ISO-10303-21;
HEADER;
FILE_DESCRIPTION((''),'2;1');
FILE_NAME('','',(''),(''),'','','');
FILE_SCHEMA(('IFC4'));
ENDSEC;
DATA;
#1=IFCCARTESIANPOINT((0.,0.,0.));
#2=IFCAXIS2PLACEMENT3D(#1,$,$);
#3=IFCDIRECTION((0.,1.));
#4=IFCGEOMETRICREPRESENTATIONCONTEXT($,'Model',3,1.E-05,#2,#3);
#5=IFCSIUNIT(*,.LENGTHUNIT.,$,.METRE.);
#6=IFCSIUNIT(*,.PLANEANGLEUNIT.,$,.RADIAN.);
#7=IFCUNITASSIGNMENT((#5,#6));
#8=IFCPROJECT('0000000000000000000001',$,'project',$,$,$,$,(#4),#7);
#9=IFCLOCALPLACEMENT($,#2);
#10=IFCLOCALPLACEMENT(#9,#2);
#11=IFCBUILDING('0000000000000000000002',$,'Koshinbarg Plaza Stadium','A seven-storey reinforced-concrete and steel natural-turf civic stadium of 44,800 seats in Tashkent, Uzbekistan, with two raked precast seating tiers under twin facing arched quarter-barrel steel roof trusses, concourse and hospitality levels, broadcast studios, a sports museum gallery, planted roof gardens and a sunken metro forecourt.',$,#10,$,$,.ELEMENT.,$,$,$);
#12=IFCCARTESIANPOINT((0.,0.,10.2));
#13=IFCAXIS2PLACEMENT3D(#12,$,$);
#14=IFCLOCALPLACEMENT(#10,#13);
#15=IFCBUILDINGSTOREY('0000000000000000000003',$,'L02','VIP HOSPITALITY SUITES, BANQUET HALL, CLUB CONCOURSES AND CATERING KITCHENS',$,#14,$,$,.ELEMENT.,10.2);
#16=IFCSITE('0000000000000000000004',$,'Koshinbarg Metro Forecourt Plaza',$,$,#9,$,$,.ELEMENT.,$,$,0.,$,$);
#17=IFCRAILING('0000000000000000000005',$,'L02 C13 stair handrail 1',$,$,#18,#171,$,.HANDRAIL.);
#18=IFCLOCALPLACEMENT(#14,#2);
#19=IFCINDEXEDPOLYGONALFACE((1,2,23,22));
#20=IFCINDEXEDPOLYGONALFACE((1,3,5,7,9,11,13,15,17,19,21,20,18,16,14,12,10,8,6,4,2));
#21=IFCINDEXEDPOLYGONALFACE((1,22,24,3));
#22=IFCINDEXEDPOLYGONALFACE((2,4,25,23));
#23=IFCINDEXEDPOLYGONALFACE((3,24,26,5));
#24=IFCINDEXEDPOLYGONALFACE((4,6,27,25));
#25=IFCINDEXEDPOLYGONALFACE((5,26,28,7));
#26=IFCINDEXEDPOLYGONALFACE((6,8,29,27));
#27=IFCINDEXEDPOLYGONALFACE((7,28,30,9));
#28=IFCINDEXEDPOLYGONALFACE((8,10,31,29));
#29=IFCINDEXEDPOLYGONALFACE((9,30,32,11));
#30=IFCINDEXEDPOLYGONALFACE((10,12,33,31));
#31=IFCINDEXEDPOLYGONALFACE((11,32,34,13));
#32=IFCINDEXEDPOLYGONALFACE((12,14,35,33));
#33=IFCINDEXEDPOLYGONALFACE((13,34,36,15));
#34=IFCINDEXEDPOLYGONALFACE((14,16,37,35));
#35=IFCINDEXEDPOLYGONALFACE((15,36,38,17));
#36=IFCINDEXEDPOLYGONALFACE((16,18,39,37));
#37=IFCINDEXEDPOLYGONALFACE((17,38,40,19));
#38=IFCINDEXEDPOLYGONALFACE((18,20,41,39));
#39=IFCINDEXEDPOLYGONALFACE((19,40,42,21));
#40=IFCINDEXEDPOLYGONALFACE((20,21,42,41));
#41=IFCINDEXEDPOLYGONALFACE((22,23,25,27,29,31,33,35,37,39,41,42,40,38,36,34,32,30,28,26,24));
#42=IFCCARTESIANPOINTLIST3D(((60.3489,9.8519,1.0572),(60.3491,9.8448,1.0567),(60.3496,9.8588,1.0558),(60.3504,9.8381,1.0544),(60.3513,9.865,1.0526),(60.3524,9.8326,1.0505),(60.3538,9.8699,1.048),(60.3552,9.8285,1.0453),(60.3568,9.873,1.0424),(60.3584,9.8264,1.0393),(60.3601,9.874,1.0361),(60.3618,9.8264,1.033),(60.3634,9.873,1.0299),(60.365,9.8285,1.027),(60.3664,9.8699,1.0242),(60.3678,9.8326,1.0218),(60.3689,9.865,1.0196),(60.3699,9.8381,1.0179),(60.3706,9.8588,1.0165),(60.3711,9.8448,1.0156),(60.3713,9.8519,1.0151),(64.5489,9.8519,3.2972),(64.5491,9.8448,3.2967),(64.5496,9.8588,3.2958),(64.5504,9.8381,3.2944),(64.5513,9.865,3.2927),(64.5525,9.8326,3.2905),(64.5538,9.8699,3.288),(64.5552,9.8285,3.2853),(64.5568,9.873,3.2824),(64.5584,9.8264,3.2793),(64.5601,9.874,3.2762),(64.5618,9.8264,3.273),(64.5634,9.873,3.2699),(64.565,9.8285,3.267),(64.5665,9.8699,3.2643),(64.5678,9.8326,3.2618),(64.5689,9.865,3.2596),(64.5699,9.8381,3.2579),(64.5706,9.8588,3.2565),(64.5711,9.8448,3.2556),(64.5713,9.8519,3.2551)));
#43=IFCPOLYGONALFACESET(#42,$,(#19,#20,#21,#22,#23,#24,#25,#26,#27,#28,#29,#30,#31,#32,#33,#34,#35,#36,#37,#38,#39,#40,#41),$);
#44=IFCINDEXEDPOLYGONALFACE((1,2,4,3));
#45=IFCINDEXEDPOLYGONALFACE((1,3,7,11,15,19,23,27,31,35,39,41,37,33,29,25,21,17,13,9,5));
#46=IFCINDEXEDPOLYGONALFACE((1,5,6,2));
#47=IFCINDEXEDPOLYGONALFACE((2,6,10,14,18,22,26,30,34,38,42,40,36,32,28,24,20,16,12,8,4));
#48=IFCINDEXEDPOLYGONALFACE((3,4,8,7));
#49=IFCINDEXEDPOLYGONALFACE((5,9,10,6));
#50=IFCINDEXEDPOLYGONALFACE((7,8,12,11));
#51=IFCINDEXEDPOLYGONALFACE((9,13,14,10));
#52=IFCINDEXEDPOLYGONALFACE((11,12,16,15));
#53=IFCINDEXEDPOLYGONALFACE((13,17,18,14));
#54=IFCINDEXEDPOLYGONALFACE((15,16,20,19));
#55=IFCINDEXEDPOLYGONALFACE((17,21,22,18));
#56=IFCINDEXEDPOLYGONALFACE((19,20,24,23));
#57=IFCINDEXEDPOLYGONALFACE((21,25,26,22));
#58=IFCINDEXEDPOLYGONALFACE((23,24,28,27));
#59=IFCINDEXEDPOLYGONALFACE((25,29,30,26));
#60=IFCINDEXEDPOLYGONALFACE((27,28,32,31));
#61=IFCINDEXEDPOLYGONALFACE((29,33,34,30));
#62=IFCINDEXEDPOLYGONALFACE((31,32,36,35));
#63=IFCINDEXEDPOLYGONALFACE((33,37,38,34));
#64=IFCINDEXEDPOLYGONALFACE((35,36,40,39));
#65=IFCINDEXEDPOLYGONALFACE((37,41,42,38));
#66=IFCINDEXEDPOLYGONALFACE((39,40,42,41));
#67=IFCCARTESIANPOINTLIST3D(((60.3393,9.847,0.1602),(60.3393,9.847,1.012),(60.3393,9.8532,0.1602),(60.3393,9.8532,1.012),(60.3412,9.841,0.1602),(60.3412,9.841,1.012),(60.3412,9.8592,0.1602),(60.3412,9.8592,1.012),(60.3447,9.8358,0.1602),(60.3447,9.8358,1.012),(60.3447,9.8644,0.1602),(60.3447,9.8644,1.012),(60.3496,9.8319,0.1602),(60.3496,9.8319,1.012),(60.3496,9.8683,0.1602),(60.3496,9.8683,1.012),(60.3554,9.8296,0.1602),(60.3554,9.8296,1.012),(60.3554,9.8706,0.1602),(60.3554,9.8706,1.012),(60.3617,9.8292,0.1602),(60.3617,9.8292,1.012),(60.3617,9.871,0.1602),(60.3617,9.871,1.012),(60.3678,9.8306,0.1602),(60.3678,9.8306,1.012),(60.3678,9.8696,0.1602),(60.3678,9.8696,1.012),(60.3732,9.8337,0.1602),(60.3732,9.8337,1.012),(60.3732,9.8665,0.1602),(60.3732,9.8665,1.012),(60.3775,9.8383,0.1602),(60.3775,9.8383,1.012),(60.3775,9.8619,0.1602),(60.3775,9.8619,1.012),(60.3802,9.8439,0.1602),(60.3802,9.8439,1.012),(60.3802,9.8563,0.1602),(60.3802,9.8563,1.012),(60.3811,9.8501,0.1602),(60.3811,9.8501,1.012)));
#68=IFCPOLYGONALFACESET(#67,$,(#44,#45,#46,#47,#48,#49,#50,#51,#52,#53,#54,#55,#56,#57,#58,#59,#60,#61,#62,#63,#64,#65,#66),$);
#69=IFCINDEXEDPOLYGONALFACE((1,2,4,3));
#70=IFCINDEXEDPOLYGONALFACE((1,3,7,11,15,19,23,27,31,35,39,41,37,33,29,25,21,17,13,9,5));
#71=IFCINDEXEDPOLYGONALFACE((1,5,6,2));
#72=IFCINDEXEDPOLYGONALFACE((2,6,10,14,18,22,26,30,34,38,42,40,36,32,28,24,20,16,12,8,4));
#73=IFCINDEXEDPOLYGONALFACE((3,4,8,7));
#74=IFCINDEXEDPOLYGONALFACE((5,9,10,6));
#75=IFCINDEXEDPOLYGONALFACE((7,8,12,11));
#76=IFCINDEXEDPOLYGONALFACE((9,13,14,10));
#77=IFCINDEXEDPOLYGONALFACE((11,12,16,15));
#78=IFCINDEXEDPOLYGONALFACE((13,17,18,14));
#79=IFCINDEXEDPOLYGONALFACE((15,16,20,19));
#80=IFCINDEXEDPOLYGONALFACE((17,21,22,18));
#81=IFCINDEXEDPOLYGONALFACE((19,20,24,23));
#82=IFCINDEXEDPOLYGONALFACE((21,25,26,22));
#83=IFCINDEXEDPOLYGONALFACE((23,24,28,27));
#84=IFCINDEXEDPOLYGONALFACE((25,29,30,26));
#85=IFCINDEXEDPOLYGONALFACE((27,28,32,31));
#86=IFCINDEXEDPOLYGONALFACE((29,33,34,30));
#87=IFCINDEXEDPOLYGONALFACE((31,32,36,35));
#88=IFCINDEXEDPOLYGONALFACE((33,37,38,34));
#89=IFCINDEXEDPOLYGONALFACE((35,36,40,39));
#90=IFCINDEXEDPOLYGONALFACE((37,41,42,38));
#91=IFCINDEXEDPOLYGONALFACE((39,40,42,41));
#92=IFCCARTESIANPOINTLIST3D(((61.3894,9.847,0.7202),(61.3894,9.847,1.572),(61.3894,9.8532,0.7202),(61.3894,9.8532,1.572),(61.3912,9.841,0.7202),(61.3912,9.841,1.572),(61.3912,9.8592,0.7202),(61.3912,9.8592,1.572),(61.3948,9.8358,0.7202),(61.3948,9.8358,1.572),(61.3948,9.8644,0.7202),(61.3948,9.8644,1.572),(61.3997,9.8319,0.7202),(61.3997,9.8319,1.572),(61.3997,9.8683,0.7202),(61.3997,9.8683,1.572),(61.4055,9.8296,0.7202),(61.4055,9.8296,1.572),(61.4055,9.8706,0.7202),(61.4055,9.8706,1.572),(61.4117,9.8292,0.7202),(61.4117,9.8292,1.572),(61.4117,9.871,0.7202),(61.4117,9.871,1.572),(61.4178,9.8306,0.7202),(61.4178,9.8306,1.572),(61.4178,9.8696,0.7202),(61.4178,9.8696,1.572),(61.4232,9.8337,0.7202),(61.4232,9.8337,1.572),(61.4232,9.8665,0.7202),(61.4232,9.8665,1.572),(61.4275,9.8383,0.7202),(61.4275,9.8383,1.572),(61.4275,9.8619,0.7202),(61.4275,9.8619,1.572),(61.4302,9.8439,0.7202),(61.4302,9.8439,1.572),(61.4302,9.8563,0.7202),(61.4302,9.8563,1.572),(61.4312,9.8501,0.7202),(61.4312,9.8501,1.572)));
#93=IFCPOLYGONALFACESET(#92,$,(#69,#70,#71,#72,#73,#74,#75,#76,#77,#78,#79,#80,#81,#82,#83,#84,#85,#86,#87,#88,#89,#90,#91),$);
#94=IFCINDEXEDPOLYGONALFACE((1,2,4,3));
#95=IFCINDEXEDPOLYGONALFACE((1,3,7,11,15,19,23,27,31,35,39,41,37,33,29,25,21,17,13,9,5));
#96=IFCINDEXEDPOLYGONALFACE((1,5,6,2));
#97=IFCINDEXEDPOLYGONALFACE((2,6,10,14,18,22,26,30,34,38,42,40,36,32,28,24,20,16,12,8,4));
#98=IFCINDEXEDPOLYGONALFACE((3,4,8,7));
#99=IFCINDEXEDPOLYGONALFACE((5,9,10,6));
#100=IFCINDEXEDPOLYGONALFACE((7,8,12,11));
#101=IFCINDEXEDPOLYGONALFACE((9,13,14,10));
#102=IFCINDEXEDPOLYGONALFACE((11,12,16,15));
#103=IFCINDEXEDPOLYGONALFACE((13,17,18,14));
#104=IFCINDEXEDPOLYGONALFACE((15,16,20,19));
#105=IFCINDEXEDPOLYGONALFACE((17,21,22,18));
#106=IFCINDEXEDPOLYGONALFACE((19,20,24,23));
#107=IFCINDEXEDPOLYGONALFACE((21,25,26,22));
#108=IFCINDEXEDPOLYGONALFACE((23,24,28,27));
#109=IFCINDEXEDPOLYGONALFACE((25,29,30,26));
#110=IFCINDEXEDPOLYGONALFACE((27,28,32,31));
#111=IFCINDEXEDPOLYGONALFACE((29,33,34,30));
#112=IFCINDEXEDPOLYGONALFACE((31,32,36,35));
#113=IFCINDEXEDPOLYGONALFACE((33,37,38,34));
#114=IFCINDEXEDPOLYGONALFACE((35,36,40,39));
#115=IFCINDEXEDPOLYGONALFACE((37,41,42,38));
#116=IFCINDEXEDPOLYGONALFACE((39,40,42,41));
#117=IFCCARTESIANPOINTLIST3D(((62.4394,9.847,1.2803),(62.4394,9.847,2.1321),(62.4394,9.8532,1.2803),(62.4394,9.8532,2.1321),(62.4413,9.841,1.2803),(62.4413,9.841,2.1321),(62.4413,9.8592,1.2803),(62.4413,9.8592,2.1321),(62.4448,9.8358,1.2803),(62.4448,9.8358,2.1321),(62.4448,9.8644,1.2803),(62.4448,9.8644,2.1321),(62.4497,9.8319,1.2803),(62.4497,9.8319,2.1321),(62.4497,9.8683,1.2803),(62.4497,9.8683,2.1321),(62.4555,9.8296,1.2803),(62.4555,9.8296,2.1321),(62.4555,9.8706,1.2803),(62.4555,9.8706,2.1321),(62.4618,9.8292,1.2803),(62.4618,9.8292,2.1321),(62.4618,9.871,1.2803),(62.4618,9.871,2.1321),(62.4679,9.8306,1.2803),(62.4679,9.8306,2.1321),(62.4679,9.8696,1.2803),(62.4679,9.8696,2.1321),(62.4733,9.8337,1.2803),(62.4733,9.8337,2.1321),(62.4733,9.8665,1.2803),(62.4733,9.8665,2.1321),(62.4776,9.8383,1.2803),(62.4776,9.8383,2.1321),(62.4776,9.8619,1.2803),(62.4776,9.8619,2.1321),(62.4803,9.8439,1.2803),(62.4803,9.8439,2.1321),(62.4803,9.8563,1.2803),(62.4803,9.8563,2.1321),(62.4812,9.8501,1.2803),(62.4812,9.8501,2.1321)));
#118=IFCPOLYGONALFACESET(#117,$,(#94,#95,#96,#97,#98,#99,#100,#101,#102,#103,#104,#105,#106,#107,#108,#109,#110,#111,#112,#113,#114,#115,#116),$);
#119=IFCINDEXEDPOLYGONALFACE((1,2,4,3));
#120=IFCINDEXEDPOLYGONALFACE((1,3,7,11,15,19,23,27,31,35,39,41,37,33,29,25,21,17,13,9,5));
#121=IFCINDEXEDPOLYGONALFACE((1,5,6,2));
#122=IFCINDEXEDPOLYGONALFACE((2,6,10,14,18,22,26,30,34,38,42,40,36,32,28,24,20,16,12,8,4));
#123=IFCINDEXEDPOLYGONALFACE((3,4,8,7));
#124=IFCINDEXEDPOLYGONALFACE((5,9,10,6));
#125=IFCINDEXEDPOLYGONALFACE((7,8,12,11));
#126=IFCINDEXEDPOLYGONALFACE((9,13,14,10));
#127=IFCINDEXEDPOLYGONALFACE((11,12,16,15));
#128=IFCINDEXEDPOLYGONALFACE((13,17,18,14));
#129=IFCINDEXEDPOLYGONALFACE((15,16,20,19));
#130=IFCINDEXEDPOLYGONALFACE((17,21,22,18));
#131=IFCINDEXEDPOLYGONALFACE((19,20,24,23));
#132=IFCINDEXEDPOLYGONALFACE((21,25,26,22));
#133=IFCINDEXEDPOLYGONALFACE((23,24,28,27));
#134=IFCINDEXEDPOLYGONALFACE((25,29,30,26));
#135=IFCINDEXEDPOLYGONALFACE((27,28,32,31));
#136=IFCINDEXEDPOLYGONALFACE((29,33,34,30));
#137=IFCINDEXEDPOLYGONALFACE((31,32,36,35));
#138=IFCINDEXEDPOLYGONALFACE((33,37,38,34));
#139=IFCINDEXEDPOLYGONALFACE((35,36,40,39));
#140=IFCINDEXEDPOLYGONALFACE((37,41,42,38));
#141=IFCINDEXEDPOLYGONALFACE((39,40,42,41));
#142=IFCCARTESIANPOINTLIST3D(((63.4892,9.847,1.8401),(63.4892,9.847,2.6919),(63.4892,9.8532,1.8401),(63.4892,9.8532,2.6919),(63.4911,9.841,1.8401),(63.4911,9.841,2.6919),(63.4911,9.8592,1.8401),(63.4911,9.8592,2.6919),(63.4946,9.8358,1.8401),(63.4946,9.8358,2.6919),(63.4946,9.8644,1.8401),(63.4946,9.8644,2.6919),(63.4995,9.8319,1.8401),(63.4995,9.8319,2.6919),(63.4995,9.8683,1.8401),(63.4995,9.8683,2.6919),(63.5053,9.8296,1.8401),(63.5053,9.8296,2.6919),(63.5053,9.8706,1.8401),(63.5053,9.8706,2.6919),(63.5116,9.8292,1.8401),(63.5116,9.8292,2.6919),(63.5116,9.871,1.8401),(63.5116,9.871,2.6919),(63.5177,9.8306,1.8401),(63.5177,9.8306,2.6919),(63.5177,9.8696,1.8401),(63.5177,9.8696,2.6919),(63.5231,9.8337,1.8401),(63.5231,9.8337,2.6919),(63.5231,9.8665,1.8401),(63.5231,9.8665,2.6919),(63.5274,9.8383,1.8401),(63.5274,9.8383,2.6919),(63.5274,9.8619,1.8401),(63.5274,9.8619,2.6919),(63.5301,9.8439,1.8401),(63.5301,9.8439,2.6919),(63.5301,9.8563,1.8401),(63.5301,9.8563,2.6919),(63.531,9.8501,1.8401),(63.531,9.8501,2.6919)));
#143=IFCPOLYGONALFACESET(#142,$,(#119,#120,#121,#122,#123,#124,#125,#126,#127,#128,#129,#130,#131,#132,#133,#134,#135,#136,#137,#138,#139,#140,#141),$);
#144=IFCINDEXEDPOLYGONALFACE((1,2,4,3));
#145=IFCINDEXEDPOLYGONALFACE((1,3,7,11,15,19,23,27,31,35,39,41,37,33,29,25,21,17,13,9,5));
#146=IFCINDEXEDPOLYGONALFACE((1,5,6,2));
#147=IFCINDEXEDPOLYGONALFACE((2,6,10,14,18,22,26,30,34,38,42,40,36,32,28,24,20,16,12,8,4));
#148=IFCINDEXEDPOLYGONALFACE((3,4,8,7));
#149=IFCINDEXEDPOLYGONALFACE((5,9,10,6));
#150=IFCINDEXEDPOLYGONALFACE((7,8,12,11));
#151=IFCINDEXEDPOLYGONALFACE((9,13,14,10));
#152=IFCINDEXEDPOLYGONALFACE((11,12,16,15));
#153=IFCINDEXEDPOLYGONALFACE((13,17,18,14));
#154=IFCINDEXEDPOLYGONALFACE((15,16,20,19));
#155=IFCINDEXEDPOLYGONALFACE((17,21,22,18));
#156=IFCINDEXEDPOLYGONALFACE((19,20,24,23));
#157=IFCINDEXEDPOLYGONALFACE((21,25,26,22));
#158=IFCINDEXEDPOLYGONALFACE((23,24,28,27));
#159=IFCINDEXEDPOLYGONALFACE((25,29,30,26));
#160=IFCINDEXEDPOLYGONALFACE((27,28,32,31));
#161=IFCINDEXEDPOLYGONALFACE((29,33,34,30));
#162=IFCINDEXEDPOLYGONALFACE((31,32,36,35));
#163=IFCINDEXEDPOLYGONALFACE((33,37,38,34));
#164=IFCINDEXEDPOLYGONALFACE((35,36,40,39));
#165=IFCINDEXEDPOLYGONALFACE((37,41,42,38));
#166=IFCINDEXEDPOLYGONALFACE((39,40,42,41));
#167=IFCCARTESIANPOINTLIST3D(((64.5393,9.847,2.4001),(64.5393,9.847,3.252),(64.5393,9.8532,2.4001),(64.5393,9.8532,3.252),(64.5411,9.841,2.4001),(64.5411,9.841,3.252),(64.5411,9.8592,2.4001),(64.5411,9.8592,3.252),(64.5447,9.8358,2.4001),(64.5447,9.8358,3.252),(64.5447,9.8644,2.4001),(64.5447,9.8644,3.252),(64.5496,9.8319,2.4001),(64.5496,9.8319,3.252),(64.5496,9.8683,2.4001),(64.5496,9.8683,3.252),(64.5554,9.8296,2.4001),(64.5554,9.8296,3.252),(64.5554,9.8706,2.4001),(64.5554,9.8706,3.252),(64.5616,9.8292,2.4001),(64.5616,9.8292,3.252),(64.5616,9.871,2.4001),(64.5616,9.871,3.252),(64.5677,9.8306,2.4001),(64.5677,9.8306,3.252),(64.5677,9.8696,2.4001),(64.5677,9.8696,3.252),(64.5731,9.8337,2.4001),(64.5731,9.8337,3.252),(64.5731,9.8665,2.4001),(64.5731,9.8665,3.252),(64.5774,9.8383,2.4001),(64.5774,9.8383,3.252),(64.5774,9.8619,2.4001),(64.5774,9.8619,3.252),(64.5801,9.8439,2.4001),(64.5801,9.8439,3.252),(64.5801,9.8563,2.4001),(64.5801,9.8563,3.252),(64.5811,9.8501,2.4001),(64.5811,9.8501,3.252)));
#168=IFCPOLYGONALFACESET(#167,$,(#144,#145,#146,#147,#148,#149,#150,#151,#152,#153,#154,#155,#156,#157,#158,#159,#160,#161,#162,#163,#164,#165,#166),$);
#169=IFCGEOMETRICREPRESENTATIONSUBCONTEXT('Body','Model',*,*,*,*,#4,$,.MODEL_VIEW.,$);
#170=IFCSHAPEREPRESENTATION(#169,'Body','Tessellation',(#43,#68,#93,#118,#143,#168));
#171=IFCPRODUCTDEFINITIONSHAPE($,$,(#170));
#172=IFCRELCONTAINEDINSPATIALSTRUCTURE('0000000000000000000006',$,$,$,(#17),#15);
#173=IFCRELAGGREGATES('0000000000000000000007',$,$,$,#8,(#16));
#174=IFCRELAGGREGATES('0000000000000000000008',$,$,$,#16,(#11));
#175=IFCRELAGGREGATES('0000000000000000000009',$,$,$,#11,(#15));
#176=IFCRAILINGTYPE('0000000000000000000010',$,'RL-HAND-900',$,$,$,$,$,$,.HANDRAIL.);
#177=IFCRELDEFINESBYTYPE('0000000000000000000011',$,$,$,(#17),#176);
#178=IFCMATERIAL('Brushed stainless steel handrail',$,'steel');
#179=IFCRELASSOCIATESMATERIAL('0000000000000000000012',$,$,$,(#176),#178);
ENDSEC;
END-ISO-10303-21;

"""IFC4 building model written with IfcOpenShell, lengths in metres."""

from ifc_helpers import new_model, si_unit, direction, frame, origin, origin_2d, place, context, subcontext, project, spatial, circle, extrude, material, type_object, element, save


model = new_model("IFC4")

# Units and contexts
model_context = context("Model", 3, precision=1e-05, world=origin(), true_north=direction((0.0, 1.0)))
body_context = subcontext(model_context, "Body", "Model", "MODEL_VIEW")
ifc_project = project(units=[si_unit("LENGTHUNIT", "METRE"), si_unit("PLANEANGLEUNIT", "RADIAN")], contexts=[model_context])

# Site, building, storey
site_placement = place(None, origin())
site = spatial("IfcSite", under=ifc_project, at=site_placement, Name="Koshinbarg Metro Forecourt Plaza", CompositionType="ELEMENT", RefElevation=0.0)
building_placement = place(site_placement, origin())
building = spatial("IfcBuilding", under=site, at=building_placement, Name="Koshinbarg Plaza Stadium", Description="A seven-storey reinforced-concrete and steel natural-turf civic stadium of 44,800 seats in Tashkent, Uzbekistan, with two raked precast seating tiers under twin facing arched quarter-barrel steel roof trusses, concourse and hospitality levels, broadcast studios, a sports museum gallery, planted roof gardens and a sunken metro forecourt.", CompositionType="ELEMENT")
storey_placement = place(building_placement, frame((0.0, 0.0, 10.2)))
storey = spatial("IfcBuildingStorey", under=building, at=storey_placement, Name="L02", Description="VIP HOSPITALITY SUITES, BANQUET HALL, CLUB CONCOURSES AND CATERING KITCHENS", CompositionType="ELEMENT", Elevation=10.2)

# Railing
ifc_material_1 = material(Name="Brushed stainless steel handrail", Category="steel")
railing_type_1 = type_object("IfcRailingType", Name="RL-HAND-900", PredefinedType="HANDRAIL", material=ifc_material_1)
railing_1_placement = place(storey_placement, frame((60.3601, 9.8501, 0.1602)))
element("IfcRailing", 1, at=railing_1_placement, inside=storey, type_object=railing_type_1, Name="L02 C13 stair handrail 1", PredefinedType="HANDRAIL", context=body_context, shape_type="SweptSolid", body=[
    extrude(circle(Radius=0.0239, at=origin_2d()), frame((0.0, 0.0, 0.876), z_axis=(0.882352, 0.0, 0.470591), x_axis=(0.0, 1.0, 0.0)), (0.0, 0.0, 1.0), 4.76),
    extrude(circle(Radius=0.021, at=origin_2d()), origin(), (0.0, 0.0, 1.0), 0.8518),
    extrude(circle(Radius=0.021, at=origin_2d()), frame((1.05, 0.0, 0.5601)), (0.0, 0.0, 1.0), 0.8518),
    extrude(circle(Radius=0.021, at=origin_2d()), frame((2.1001, 0.0, 1.1201)), (0.0, 0.0, 1.0), 0.8518),
    extrude(circle(Radius=0.021, at=origin_2d()), frame((3.1499, 0.0, 1.6799)), (0.0, 0.0, 1.0), 0.8518),
    extrude(circle(Radius=0.021, at=origin_2d()), frame((4.2, 0.0, 2.24)), (0.0, 0.0, 1.0), 0.8518),
])

save(model, "model.ifc")
